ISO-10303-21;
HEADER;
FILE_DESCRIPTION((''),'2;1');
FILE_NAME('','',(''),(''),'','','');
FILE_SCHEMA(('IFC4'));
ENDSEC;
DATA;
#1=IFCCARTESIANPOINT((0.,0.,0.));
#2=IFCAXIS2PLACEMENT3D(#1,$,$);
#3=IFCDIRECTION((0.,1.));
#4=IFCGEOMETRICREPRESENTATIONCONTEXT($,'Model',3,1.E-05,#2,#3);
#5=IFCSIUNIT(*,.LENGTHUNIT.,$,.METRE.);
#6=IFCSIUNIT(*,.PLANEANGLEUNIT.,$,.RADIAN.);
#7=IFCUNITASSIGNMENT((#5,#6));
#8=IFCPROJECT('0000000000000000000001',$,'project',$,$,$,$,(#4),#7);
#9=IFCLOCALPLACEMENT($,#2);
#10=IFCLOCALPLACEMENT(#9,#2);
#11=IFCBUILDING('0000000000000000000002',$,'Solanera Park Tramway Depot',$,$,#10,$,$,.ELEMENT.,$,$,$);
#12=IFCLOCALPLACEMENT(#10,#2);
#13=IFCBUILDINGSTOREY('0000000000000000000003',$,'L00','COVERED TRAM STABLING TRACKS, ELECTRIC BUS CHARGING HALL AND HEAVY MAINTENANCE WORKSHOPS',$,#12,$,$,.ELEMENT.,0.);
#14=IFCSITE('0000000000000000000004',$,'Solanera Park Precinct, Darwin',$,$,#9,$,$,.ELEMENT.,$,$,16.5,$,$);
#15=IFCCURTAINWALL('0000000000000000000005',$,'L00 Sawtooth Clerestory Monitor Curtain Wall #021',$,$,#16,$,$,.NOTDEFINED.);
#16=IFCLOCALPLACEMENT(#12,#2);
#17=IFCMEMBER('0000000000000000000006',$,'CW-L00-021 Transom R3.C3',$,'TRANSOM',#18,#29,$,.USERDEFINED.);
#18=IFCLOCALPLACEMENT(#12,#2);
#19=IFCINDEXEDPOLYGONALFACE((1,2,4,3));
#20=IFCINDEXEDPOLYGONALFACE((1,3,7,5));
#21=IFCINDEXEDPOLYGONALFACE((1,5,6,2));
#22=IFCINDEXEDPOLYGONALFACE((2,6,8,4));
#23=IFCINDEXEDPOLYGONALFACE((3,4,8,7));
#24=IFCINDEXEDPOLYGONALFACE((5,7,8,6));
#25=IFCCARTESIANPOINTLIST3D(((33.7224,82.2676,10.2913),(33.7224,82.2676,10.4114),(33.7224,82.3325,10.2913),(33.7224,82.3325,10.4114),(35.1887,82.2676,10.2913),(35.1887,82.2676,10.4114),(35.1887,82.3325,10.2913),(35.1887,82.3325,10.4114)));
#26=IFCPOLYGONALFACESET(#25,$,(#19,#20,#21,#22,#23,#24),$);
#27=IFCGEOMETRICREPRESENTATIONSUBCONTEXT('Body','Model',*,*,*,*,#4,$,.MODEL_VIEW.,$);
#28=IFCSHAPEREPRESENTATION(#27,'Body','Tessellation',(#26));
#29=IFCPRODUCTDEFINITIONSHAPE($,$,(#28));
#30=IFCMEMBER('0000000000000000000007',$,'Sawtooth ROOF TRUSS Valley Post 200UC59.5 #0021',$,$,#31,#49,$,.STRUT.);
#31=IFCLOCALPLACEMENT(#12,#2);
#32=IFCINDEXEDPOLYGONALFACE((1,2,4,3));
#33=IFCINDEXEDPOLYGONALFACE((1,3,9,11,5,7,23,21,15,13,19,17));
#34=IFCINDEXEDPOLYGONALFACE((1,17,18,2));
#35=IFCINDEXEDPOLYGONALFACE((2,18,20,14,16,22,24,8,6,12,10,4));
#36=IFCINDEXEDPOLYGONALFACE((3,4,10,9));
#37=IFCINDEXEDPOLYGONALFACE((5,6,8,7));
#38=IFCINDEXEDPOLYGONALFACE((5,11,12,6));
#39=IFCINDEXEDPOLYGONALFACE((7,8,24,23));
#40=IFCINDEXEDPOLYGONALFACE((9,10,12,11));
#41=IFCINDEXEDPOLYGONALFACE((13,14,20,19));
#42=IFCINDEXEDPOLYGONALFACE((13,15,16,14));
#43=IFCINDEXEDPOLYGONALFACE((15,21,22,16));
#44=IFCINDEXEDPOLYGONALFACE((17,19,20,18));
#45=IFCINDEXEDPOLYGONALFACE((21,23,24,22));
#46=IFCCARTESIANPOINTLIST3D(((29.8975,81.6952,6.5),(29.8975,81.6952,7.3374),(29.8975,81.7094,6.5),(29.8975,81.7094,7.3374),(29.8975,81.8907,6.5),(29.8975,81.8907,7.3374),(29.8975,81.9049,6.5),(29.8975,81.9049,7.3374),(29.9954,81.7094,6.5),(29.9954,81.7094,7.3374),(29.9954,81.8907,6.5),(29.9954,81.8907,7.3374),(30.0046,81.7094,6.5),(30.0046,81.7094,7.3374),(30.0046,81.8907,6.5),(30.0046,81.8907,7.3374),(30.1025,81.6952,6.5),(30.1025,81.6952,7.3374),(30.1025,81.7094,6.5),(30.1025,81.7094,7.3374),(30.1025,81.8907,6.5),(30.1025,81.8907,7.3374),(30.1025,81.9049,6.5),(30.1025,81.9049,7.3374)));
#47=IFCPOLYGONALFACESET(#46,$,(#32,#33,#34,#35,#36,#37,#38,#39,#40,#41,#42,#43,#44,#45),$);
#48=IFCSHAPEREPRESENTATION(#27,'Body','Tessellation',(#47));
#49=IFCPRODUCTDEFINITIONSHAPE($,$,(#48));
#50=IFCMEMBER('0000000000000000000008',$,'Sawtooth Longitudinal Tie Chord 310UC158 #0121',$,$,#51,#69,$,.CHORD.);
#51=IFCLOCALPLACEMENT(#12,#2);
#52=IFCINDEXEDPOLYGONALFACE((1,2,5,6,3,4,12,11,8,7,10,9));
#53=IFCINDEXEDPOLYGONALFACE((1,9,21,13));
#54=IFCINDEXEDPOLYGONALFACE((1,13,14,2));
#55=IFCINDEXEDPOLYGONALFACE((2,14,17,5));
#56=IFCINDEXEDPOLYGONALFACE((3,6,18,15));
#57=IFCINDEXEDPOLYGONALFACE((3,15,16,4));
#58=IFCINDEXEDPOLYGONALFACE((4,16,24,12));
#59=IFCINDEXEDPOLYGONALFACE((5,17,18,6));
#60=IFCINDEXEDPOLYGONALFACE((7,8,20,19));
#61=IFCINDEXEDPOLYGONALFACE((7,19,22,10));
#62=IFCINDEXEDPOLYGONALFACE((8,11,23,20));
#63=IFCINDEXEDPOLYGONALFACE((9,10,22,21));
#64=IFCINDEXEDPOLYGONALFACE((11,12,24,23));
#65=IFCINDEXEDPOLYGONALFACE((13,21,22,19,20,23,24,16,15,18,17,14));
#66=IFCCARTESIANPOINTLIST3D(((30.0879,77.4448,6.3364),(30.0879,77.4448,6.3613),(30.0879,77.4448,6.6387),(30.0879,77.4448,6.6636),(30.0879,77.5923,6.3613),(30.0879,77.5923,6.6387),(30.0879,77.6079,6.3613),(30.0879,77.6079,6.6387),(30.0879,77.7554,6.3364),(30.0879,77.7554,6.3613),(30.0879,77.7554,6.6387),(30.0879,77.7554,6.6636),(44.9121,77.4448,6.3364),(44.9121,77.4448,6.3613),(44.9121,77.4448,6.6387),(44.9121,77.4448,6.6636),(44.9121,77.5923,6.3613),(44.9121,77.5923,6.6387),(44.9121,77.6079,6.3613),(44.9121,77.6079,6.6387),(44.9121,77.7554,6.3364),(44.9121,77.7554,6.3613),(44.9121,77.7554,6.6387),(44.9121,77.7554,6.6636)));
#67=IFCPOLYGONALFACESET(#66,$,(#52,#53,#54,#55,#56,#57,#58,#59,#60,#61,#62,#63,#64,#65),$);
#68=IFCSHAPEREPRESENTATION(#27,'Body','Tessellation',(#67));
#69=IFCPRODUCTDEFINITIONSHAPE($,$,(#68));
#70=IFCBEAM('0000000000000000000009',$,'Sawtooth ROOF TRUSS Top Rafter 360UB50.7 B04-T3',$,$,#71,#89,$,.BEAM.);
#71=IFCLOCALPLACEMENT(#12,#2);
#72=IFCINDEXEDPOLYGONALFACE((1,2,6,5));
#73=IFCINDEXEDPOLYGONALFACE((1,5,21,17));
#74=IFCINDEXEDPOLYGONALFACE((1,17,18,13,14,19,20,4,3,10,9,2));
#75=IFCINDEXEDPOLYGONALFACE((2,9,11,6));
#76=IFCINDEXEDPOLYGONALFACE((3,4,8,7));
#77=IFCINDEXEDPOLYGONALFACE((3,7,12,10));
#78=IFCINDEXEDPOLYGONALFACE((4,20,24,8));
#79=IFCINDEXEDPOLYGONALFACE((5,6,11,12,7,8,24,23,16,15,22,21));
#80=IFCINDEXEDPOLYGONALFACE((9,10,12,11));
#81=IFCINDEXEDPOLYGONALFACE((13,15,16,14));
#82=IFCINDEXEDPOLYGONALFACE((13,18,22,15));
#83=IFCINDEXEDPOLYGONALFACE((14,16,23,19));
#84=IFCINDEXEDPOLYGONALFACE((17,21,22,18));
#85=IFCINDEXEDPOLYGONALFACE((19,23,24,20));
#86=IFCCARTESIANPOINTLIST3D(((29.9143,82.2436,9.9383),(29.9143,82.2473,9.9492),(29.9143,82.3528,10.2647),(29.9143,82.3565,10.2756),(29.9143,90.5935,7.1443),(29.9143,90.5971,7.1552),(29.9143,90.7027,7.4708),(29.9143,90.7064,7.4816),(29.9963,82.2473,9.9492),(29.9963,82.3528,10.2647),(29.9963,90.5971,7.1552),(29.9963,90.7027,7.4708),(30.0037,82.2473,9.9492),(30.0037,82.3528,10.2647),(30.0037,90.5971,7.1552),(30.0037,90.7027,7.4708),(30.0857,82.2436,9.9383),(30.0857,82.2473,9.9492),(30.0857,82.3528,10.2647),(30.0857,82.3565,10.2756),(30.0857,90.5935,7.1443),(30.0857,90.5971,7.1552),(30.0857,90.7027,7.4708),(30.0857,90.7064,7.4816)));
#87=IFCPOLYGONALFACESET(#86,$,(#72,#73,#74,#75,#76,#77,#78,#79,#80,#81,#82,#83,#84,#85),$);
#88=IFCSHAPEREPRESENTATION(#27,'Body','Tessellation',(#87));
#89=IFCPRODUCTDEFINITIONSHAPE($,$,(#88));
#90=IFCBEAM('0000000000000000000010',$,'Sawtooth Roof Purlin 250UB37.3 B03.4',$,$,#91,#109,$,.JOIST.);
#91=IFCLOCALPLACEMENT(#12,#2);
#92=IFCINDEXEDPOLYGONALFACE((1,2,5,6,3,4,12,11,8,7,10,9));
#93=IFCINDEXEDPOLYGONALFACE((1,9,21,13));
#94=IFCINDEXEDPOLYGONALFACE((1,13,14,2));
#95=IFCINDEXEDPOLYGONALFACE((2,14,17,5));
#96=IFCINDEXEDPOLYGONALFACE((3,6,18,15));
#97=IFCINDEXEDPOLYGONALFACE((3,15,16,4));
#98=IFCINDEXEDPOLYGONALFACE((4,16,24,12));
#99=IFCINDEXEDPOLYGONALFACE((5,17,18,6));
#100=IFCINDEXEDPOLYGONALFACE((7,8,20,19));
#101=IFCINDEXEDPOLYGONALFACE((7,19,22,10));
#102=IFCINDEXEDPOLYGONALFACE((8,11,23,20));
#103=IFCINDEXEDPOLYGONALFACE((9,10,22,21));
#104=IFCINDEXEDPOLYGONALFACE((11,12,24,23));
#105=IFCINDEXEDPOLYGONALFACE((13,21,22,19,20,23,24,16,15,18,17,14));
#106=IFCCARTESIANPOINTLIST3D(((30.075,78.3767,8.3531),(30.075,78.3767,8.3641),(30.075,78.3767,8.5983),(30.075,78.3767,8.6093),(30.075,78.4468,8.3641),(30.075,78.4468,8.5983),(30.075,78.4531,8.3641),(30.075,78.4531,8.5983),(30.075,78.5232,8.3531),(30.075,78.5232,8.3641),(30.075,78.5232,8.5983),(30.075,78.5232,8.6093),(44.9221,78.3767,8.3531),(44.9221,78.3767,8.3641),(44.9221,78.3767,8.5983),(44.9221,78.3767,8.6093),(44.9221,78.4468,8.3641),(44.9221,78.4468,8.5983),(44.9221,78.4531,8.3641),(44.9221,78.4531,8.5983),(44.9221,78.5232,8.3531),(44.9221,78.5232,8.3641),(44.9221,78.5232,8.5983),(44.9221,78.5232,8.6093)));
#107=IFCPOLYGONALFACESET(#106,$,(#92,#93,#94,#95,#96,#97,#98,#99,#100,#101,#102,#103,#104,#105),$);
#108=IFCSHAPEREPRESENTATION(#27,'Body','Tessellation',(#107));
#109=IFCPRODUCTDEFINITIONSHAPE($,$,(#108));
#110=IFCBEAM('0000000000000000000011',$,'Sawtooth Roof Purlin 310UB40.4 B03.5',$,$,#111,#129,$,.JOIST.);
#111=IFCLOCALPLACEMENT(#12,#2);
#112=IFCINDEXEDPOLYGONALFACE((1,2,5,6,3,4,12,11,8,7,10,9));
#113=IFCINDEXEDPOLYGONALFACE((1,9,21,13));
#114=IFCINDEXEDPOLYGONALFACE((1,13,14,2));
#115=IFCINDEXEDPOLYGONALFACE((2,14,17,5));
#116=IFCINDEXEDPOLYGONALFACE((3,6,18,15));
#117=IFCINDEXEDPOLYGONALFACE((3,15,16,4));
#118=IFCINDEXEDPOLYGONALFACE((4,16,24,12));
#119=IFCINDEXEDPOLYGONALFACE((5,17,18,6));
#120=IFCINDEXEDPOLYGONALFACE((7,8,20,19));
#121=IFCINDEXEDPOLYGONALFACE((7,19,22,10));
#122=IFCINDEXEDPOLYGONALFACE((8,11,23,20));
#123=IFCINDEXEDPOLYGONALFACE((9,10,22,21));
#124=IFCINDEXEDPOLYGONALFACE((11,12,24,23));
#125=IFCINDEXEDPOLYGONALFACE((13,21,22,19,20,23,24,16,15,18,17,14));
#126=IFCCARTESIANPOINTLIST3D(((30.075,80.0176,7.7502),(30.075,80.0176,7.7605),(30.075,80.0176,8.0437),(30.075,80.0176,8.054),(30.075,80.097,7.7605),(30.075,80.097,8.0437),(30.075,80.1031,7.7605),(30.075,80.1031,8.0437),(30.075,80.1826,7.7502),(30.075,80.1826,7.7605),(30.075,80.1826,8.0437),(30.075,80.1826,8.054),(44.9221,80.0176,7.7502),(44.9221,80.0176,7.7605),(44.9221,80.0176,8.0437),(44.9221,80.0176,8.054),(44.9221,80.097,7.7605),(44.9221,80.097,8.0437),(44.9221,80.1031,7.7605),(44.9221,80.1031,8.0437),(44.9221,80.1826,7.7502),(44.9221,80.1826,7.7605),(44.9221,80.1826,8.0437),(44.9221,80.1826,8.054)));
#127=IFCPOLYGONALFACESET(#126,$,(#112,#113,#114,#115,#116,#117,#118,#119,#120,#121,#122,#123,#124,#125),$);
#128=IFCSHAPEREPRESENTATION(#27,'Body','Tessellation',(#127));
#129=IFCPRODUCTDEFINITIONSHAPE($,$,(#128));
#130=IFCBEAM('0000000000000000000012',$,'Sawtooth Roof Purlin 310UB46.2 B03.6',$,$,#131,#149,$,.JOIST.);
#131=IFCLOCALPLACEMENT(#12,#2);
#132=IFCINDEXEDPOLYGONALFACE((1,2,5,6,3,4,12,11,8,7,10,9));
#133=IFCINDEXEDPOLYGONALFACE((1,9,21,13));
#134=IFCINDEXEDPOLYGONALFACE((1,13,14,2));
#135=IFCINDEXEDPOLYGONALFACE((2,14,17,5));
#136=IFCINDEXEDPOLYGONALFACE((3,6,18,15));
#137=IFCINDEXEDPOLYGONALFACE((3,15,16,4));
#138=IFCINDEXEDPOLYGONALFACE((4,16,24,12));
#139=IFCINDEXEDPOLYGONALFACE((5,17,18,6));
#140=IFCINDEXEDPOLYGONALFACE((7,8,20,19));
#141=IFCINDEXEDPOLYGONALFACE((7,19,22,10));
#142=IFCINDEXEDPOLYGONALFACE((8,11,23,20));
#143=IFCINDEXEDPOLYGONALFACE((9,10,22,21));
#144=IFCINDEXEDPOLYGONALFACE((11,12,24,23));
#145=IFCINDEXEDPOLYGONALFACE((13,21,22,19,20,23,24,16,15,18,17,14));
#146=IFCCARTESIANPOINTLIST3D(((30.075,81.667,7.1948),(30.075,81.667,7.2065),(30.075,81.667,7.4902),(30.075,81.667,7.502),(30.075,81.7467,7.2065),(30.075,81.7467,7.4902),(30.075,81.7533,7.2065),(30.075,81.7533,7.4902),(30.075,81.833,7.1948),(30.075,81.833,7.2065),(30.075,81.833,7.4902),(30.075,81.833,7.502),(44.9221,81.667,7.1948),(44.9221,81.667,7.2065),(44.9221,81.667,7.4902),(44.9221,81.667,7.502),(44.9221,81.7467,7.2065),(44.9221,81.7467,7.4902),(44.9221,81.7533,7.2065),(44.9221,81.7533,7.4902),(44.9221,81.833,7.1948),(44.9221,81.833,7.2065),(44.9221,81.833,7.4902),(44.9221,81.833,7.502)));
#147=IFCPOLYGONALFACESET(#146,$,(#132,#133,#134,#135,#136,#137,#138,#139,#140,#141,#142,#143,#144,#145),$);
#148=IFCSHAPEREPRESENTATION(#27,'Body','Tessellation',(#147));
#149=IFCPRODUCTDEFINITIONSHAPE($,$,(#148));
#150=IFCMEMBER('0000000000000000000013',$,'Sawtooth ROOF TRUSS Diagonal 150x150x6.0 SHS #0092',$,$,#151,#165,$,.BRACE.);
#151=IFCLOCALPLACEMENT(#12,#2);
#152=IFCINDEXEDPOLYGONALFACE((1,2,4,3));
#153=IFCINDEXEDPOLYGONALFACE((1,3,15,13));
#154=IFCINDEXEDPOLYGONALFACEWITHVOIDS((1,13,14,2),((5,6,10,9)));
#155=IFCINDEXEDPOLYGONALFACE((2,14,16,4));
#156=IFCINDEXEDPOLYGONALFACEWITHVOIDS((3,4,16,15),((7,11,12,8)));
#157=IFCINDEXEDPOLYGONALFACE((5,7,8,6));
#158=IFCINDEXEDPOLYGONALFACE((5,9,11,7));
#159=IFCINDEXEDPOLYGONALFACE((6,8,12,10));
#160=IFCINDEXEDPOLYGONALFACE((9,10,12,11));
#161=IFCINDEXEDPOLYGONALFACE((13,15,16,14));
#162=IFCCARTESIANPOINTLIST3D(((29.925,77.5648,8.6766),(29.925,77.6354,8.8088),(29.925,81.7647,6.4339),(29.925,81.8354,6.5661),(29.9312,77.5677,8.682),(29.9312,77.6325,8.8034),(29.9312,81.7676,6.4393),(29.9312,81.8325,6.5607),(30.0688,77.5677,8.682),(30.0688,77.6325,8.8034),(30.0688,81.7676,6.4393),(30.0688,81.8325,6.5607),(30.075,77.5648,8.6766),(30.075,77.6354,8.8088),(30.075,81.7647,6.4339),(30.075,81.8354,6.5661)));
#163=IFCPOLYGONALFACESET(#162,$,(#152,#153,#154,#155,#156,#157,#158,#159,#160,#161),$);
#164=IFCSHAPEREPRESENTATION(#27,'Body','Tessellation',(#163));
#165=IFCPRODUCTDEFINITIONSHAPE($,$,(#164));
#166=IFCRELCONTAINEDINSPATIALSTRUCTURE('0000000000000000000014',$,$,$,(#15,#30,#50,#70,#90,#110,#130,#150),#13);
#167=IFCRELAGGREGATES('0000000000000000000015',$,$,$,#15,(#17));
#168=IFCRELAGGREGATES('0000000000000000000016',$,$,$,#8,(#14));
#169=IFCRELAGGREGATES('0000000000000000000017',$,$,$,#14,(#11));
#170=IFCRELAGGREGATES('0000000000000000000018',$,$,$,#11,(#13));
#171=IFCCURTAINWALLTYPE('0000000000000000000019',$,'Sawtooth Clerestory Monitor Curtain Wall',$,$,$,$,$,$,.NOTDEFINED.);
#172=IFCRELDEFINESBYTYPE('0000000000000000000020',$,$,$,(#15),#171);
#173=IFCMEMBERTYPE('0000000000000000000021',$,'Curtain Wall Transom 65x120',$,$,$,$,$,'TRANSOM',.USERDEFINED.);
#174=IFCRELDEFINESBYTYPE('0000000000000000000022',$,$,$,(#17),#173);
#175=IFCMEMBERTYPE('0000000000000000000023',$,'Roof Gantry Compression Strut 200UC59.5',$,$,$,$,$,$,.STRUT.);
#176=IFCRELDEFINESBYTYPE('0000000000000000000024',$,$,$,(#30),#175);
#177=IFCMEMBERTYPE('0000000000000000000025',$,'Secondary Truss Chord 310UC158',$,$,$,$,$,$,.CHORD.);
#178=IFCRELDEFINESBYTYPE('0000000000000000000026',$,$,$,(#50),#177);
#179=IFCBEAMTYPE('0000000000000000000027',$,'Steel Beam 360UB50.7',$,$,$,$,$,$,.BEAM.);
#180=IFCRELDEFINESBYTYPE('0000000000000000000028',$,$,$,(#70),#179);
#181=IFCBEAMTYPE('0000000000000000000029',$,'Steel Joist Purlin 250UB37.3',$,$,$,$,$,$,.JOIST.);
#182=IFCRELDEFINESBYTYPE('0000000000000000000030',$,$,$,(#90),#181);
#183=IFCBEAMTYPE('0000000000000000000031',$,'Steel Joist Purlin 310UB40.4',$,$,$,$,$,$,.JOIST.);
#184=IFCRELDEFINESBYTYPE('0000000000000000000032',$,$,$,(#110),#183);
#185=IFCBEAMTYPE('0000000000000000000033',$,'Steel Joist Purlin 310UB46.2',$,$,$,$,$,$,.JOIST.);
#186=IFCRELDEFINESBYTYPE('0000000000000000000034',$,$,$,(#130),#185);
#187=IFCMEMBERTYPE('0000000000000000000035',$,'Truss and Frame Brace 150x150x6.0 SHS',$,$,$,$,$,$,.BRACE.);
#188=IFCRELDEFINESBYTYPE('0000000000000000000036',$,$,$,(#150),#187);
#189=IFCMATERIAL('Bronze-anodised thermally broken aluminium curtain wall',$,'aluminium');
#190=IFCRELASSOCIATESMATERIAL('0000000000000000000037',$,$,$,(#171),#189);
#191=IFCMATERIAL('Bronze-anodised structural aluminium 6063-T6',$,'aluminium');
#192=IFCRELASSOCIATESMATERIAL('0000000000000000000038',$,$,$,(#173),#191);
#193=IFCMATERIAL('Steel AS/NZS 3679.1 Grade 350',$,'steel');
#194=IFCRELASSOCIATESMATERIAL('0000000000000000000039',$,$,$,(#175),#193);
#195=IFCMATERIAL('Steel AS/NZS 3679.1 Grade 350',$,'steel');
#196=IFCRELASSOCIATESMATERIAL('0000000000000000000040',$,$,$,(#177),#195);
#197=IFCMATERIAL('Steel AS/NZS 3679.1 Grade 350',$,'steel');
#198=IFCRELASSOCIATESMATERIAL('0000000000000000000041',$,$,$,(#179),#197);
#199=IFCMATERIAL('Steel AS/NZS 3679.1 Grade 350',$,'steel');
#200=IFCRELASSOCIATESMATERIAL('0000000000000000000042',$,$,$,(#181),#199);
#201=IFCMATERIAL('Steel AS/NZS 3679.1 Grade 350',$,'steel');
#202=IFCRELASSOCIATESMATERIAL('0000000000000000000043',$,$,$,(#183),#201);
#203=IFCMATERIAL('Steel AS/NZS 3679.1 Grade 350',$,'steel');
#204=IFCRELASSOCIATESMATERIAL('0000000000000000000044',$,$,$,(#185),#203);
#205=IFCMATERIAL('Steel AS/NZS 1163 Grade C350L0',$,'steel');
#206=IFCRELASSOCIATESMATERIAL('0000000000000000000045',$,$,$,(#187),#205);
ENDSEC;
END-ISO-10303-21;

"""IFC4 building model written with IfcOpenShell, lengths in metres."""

from ifc_helpers import new_model, si_unit, direction, frame, origin, origin_2d, place, context, subcontext, project, spatial, rectangle, hollow_rectangle, i_section, extrude, material, material_profile, profile_set, type_object, element, aggregate, save


model = new_model("IFC4")

# Units and contexts
model_context = context("Model", 3, precision=1e-05, world=origin(), true_north=direction((0.0, 1.0)))
body_context = subcontext(model_context, "Body", "Model", "MODEL_VIEW")
ifc_project = project(units=[si_unit("LENGTHUNIT", "METRE"), si_unit("PLANEANGLEUNIT", "RADIAN")], contexts=[model_context])

# Site, building, storey
site_placement = place(None, origin())
site = spatial("IfcSite", under=ifc_project, at=site_placement, Name="Solanera Park Precinct, Darwin", CompositionType="ELEMENT", RefElevation=16.5)
building_placement = place(site_placement, origin())
building = spatial("IfcBuilding", under=site, at=building_placement, Name="Solanera Park Tramway Depot", CompositionType="ELEMENT")
storey_placement = place(building_placement, origin())
storey = spatial("IfcBuildingStorey", under=building, at=storey_placement, Name="L00", Description="COVERED TRAM STABLING TRACKS, ELECTRIC BUS CHARGING HALL AND HEAVY MAINTENANCE WORKSHOPS", CompositionType="ELEMENT", Elevation=0.0)

# Shared definitions
ifc_material_1 = material(Name="Bronze-anodised thermally broken aluminium curtain wall", Category="aluminium")
curtain_wall_type = type_object("IfcCurtainWallType", Name="Sawtooth Clerestory Monitor Curtain Wall", PredefinedType="NOTDEFINED", material=ifc_material_1)

# Curtain wall, member
curtain_wall_1_placement = place(storey_placement, origin())
curtain_wall_1 = element("IfcCurtainWall", 1, at=curtain_wall_1_placement, inside=storey, type_object=curtain_wall_type, Name="L00 Sawtooth Clerestory Monitor Curtain Wall #021", PredefinedType="NOTDEFINED")
ifc_material_2 = material(Name="Bronze-anodised structural aluminium 6063-T6", Category="aluminium")
ifc_material_profile_1 = material_profile(ifc_material_2, rectangle(XDim=0.0649, YDim=0.1201, at=origin_2d()), Name="Curtain Wall Transom 65x120")
ifc_profile_set_1 = profile_set([ifc_material_profile_1], Name="Bronze-anodised structural aluminium 6063-T6")
member_type_1 = type_object("IfcMemberType", Name="Curtain Wall Transom 65x120", ElementType="TRANSOM", PredefinedType="USERDEFINED", material=ifc_profile_set_1)
member_1_placement = place(storey_placement, frame((33.7224, 82.3, 10.3513), z_axis=(1.0, 0.0, 0.0), x_axis=(0.0, 1.0, 0.0)))
member_1 = element("IfcMember", 2, at=member_1_placement, type_object=member_type_1, Name="CW-L00-021 Transom R3.C3", ObjectType="TRANSOM", PredefinedType="USERDEFINED", context=body_context, shape_type="SweptSolid", body=[
    extrude(rectangle(XDim=0.0649, YDim=0.1201, at=origin_2d()), origin(), (0.0, 0.0, 1.0), 1.4663),
])

# Members
ifc_material_3 = material(Name="Steel AS/NZS 3679.1 Grade 350", Category="steel")
ifc_material_profile_2 = material_profile(ifc_material_3, i_section(OverallWidth=0.2051, OverallDepth=0.2097, WebThickness=0.0093, FlangeThickness=0.0142, at=origin_2d()), Name="200UC59.5")
ifc_profile_set_2 = profile_set([ifc_material_profile_2], Name="Steel AS/NZS 3679.1 Grade 350")
member_type_2 = type_object("IfcMemberType", Name="Roof Gantry Compression Strut 200UC59.5", PredefinedType="STRUT", material=ifc_profile_set_2)
member_2_placement = place(storey_placement, frame((30.0, 81.8, 6.5), z_axis=(0.0, 0.0, 1.0), x_axis=(1.0, 0.0, 0.0)))
element("IfcMember", 3, at=member_2_placement, inside=storey, type_object=member_type_2, Name="Sawtooth ROOF TRUSS Valley Post 200UC59.5 #0021", PredefinedType="STRUT", context=body_context, shape_type="SweptSolid", body=[
    extrude(i_section(OverallWidth=0.2051, OverallDepth=0.2097, WebThickness=0.0093, FlangeThickness=0.0142, at=origin_2d()), origin(), (0.0, 0.0, 1.0), 0.8374),
])
ifc_material_4 = material(Name="Steel AS/NZS 3679.1 Grade 350", Category="steel")
ifc_material_profile_3 = material_profile(ifc_material_4, i_section(OverallWidth=0.3105, OverallDepth=0.3271, WebThickness=0.0156, FlangeThickness=0.0249, at=origin_2d()), Name="310UC158")
ifc_profile_set_3 = profile_set([ifc_material_profile_3], Name="Steel AS/NZS 3679.1 Grade 350")
member_type_3 = type_object("IfcMemberType", Name="Secondary Truss Chord 310UC158", PredefinedType="CHORD", material=ifc_profile_set_3)
member_3_placement = place(storey_placement, frame((30.0879, 77.6001, 6.5), z_axis=(1.0, 0.0, 0.0), x_axis=(0.0, 1.0, 0.0)))
element("IfcMember", 4, at=member_3_placement, inside=storey, type_object=member_type_3, Name="Sawtooth Longitudinal Tie Chord 310UC158 #0121", PredefinedType="CHORD", context=body_context, shape_type="SweptSolid", body=[
    extrude(i_section(OverallWidth=0.3105, OverallDepth=0.3271, WebThickness=0.0156, FlangeThickness=0.0249, at=origin_2d()), origin(), (0.0, 0.0, 1.0), 14.8242),
])

# Beams
ifc_material_5 = material(Name="Steel AS/NZS 3679.1 Grade 350", Category="steel")
ifc_material_profile_4 = material_profile(ifc_material_5, i_section(OverallWidth=0.1714, OverallDepth=0.3557, WebThickness=0.0073, FlangeThickness=0.0115, at=origin_2d()), Name="360UB50.7")
ifc_profile_set_4 = profile_set([ifc_material_profile_4], Name="Steel AS/NZS 3679.1 Grade 350")
beam_type_1 = type_object("IfcBeamType", Name="Steel Beam 360UB50.7", PredefinedType="BEAM", material=ifc_profile_set_4)
beam_1_placement = place(storey_placement, frame((30.0, 82.3, 10.1069), z_axis=(0.0, 0.948319, -0.317317), x_axis=(-1.0, 0.0, 0.0)))
element("IfcBeam", 5, at=beam_1_placement, inside=storey, type_object=beam_type_1, Name="Sawtooth ROOF TRUSS Top Rafter 360UB50.7 B04-T3", PredefinedType="BEAM", context=body_context, shape_type="SweptSolid", body=[
    extrude(i_section(OverallWidth=0.1714, OverallDepth=0.3557, WebThickness=0.0073, FlangeThickness=0.0115, at=origin_2d()), origin(), (0.0, 0.0, 1.0), 8.8049),
])
ifc_material_6 = material(Name="Steel AS/NZS 3679.1 Grade 350", Category="steel")
ifc_material_profile_5 = material_profile(ifc_material_6, i_section(OverallWidth=0.1465, OverallDepth=0.2561, WebThickness=0.0063, FlangeThickness=0.011, at=origin_2d()), Name="250UB37.3")
ifc_profile_set_5 = profile_set([ifc_material_profile_5], Name="Steel AS/NZS 3679.1 Grade 350")
beam_type_2 = type_object("IfcBeamType", Name="Steel Joist Purlin 250UB37.3", PredefinedType="JOIST", material=ifc_profile_set_5)
beam_2_placement = place(storey_placement, frame((30.075, 78.45, 8.4812), z_axis=(1.0, 0.0, 0.0), x_axis=(0.0, 1.0, 0.0)))
element("IfcBeam", 6, at=beam_2_placement, inside=storey, type_object=beam_type_2, Name="Sawtooth Roof Purlin 250UB37.3 B03.4", PredefinedType="JOIST", context=body_context, shape_type="SweptSolid", body=[
    extrude(i_section(OverallWidth=0.1465, OverallDepth=0.2561, WebThickness=0.0063, FlangeThickness=0.011, at=origin_2d()), origin(), (0.0, 0.0, 1.0), 14.8472),
])
ifc_material_7 = material(Name="Steel AS/NZS 3679.1 Grade 350", Category="steel")
ifc_material_profile_6 = material_profile(ifc_material_7, i_section(OverallWidth=0.165, OverallDepth=0.3037, WebThickness=0.0061, FlangeThickness=0.0103, at=origin_2d()), Name="310UB40.4")
ifc_profile_set_6 = profile_set([ifc_material_profile_6], Name="Steel AS/NZS 3679.1 Grade 350")
beam_type_3 = type_object("IfcBeamType", Name="Steel Joist Purlin 310UB40.4", PredefinedType="JOIST", material=ifc_profile_set_6)
beam_3_placement = place(storey_placement, frame((30.075, 80.1001, 7.9021), z_axis=(1.0, 0.0, 0.0), x_axis=(0.0, 1.0, 0.0)))
element("IfcBeam", 7, at=beam_3_placement, inside=storey, type_object=beam_type_3, Name="Sawtooth Roof Purlin 310UB40.4 B03.5", PredefinedType="JOIST", context=body_context, shape_type="SweptSolid", body=[
    extrude(i_section(OverallWidth=0.165, OverallDepth=0.3037, WebThickness=0.0061, FlangeThickness=0.0103, at=origin_2d()), origin(), (0.0, 0.0, 1.0), 14.8472),
])
ifc_material_8 = material(Name="Steel AS/NZS 3679.1 Grade 350", Category="steel")
ifc_material_profile_7 = material_profile(ifc_material_8, i_section(OverallWidth=0.166, OverallDepth=0.3071, WebThickness=0.0066, FlangeThickness=0.0117, at=origin_2d()), Name="310UB46.2")
ifc_profile_set_7 = profile_set([ifc_material_profile_7], Name="Steel AS/NZS 3679.1 Grade 350")
beam_type_4 = type_object("IfcBeamType", Name="Steel Joist Purlin 310UB46.2", PredefinedType="JOIST", material=ifc_profile_set_7)
beam_4_placement = place(storey_placement, frame((30.075, 81.75, 7.3484), z_axis=(1.0, 0.0, 0.0), x_axis=(0.0, 1.0, 0.0)))
element("IfcBeam", 8, at=beam_4_placement, inside=storey, type_object=beam_type_4, Name="Sawtooth Roof Purlin 310UB46.2 B03.6", PredefinedType="JOIST", context=body_context, shape_type="SweptSolid", body=[
    extrude(i_section(OverallWidth=0.166, OverallDepth=0.3071, WebThickness=0.0066, FlangeThickness=0.0117, at=origin_2d()), origin(), (0.0, 0.0, 1.0), 14.8472),
])

# Member
ifc_material_9 = material(Name="Steel AS/NZS 1163 Grade C350L0", Category="steel")
ifc_material_profile_8 = material_profile(ifc_material_9, hollow_rectangle(XDim=0.1499, YDim=0.1499, WallThickness=0.0061, at=origin_2d()), Name="150x150x6.0 SHS")
ifc_profile_set_8 = profile_set([ifc_material_profile_8], Name="Steel AS/NZS 1163 Grade C350L0")
member_type_4 = type_object("IfcMemberType", Name="Truss and Frame Brace 150x150x6.0 SHS", PredefinedType="BRACE", material=ifc_profile_set_8)
member_4_placement = place(storey_placement, frame((30.0, 81.8, 6.5), z_axis=(0.0, -0.882117, 0.47103), x_axis=(1.0, 0.0, 0.0)))
element("IfcMember", 9, at=member_4_placement, inside=storey, type_object=member_type_4, Name="Sawtooth ROOF TRUSS Diagonal 150x150x6.0 SHS #0092", PredefinedType="BRACE", context=body_context, shape_type="SweptSolid", body=[
    extrude(hollow_rectangle(XDim=0.1499, YDim=0.1499, WallThickness=0.0061, at=origin_2d()), origin(), (0.0, 0.0, 1.0), 4.7612),
])

aggregate(curtain_wall_1, [member_1])

save(model, "model.ifc")
